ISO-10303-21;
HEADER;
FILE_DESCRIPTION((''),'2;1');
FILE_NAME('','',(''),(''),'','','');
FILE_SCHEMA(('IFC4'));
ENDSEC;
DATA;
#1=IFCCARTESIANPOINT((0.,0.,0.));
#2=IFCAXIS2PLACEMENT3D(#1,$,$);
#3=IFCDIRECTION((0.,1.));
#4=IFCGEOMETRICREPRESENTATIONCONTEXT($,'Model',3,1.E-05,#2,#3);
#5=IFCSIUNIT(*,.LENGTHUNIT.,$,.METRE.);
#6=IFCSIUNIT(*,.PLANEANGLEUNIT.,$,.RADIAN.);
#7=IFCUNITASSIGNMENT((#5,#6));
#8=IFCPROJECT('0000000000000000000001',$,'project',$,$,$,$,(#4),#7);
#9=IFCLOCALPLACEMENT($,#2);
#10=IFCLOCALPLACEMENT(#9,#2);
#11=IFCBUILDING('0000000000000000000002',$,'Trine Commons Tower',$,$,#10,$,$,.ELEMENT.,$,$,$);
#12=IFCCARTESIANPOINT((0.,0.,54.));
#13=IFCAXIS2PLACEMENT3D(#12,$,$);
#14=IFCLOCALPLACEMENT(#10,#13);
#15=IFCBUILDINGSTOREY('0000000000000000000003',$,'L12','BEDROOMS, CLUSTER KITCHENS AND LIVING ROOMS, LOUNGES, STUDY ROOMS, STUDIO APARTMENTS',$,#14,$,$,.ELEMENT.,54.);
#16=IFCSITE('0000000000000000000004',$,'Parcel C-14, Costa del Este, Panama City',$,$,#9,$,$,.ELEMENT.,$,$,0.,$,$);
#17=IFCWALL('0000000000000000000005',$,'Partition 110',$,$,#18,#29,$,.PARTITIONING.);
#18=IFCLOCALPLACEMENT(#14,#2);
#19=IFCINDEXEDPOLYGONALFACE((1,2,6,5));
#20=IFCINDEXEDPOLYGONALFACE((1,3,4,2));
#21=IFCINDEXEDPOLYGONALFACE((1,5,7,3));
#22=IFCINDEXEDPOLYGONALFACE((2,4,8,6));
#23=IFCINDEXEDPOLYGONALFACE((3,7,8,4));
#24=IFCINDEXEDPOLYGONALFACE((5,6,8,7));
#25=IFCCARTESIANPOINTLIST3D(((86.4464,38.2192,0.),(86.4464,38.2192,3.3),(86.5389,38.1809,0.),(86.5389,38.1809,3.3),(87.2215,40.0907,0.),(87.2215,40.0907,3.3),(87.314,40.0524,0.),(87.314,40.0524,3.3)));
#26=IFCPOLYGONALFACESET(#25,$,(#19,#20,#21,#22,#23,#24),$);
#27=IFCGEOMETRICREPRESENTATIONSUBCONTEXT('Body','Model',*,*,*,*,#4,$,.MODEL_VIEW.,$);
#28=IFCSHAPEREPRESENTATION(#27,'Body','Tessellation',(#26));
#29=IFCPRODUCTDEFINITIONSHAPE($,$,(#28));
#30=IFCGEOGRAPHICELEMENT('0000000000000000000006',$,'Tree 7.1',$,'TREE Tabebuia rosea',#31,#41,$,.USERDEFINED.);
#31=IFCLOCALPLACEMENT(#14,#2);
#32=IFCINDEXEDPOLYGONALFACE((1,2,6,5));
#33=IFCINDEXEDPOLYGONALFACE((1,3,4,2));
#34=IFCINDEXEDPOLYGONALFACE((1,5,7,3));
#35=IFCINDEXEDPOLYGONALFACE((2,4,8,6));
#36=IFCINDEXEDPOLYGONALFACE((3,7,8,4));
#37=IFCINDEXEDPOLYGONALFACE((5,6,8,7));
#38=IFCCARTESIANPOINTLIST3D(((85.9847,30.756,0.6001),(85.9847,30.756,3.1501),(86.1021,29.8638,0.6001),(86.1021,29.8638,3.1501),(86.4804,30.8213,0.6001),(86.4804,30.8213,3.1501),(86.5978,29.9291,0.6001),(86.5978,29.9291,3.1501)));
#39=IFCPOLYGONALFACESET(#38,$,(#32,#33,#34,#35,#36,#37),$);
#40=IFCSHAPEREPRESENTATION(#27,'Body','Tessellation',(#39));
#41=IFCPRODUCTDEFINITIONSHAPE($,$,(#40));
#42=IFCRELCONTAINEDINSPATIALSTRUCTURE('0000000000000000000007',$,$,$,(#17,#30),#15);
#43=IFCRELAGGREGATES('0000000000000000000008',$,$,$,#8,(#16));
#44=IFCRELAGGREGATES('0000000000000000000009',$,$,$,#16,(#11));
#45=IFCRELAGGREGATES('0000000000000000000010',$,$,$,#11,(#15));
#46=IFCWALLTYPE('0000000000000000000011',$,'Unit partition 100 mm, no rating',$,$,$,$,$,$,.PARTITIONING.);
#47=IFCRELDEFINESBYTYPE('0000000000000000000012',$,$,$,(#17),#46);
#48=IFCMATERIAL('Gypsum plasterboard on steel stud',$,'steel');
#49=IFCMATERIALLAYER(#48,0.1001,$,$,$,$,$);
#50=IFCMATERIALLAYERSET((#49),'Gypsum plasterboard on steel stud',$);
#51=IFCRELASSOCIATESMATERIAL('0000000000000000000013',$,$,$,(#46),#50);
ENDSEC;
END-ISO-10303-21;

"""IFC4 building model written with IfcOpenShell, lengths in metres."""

from ifc_helpers import new_model, si_unit, direction, frame, frame_2d, origin, origin_2d, place, context, subcontext, project, spatial, rectangle, extrude, material, layer, layer_set, type_object, element, save


model = new_model("IFC4")

# Units and contexts
model_context = context("Model", 3, precision=1e-05, world=origin(), true_north=direction((0.0, 1.0)))
body_context = subcontext(model_context, "Body", "Model", "MODEL_VIEW")
ifc_project = project(units=[si_unit("LENGTHUNIT", "METRE"), si_unit("PLANEANGLEUNIT", "RADIAN")], contexts=[model_context])

# Site, building, storey
site_placement = place(None, origin())
site = spatial("IfcSite", under=ifc_project, at=site_placement, Name="Parcel C-14, Costa del Este, Panama City", CompositionType="ELEMENT", RefElevation=0.0)
building_placement = place(site_placement, origin())
building = spatial("IfcBuilding", under=site, at=building_placement, Name="Trine Commons Tower", CompositionType="ELEMENT")
storey_placement = place(building_placement, frame((0.0, 0.0, 54.0)))
storey = spatial("IfcBuildingStorey", under=building, at=storey_placement, Name="L12", Description="BEDROOMS, CLUSTER KITCHENS AND LIVING ROOMS, LOUNGES, STUDY ROOMS, STUDIO APARTMENTS", CompositionType="ELEMENT", Elevation=54.0)

# Shared definitions
ifc_material_1 = material(Name="Gypsum plasterboard on steel stud", Category="steel")

# Wall
ifc_layer_1 = layer(ifc_material_1, 0.1001)
ifc_layer_set_1 = layer_set([ifc_layer_1], Name="Gypsum plasterboard on steel stud")
wall_type_1 = type_object("IfcWallType", Name="Unit partition 100 mm, no rating", PredefinedType="PARTITIONING", material=ifc_layer_set_1)
wall_1_placement = place(storey_placement, frame((86.4927, 38.2002, 0.0), z_axis=(0.0, 0.0, 1.0), x_axis=(0.382646, 0.923895, 0.0)))
element("IfcWall", 1, at=wall_1_placement, inside=storey, type_object=wall_type_1, Name="Partition 110", PredefinedType="PARTITIONING", context=body_context, shape_type="SweptSolid", body=[
    extrude(rectangle(XDim=2.0256, YDim=0.1001, at=frame_2d((1.0127, 0.0))), origin(), (0.0, 0.0, 1.0), 3.3),
])

# Geographic element
geographic_element_placement = place(storey_placement, frame((86.2913, 30.3425, 0.6001), z_axis=(0.0, 0.0, 1.0), x_axis=(-0.130518, 0.991446, 0.0)))
element("IfcGeographicElement", 2, at=geographic_element_placement, inside=storey, Name="Tree 7.1", ObjectType="TREE Tabebuia rosea", PredefinedType="USERDEFINED", context=body_context, shape_type="SweptSolid", body=[
    extrude(rectangle(XDim=0.8999, YDim=0.5, at=origin_2d()), origin(), (0.0, 0.0, 1.0), 2.55),
])

save(model, "model.ifc")
